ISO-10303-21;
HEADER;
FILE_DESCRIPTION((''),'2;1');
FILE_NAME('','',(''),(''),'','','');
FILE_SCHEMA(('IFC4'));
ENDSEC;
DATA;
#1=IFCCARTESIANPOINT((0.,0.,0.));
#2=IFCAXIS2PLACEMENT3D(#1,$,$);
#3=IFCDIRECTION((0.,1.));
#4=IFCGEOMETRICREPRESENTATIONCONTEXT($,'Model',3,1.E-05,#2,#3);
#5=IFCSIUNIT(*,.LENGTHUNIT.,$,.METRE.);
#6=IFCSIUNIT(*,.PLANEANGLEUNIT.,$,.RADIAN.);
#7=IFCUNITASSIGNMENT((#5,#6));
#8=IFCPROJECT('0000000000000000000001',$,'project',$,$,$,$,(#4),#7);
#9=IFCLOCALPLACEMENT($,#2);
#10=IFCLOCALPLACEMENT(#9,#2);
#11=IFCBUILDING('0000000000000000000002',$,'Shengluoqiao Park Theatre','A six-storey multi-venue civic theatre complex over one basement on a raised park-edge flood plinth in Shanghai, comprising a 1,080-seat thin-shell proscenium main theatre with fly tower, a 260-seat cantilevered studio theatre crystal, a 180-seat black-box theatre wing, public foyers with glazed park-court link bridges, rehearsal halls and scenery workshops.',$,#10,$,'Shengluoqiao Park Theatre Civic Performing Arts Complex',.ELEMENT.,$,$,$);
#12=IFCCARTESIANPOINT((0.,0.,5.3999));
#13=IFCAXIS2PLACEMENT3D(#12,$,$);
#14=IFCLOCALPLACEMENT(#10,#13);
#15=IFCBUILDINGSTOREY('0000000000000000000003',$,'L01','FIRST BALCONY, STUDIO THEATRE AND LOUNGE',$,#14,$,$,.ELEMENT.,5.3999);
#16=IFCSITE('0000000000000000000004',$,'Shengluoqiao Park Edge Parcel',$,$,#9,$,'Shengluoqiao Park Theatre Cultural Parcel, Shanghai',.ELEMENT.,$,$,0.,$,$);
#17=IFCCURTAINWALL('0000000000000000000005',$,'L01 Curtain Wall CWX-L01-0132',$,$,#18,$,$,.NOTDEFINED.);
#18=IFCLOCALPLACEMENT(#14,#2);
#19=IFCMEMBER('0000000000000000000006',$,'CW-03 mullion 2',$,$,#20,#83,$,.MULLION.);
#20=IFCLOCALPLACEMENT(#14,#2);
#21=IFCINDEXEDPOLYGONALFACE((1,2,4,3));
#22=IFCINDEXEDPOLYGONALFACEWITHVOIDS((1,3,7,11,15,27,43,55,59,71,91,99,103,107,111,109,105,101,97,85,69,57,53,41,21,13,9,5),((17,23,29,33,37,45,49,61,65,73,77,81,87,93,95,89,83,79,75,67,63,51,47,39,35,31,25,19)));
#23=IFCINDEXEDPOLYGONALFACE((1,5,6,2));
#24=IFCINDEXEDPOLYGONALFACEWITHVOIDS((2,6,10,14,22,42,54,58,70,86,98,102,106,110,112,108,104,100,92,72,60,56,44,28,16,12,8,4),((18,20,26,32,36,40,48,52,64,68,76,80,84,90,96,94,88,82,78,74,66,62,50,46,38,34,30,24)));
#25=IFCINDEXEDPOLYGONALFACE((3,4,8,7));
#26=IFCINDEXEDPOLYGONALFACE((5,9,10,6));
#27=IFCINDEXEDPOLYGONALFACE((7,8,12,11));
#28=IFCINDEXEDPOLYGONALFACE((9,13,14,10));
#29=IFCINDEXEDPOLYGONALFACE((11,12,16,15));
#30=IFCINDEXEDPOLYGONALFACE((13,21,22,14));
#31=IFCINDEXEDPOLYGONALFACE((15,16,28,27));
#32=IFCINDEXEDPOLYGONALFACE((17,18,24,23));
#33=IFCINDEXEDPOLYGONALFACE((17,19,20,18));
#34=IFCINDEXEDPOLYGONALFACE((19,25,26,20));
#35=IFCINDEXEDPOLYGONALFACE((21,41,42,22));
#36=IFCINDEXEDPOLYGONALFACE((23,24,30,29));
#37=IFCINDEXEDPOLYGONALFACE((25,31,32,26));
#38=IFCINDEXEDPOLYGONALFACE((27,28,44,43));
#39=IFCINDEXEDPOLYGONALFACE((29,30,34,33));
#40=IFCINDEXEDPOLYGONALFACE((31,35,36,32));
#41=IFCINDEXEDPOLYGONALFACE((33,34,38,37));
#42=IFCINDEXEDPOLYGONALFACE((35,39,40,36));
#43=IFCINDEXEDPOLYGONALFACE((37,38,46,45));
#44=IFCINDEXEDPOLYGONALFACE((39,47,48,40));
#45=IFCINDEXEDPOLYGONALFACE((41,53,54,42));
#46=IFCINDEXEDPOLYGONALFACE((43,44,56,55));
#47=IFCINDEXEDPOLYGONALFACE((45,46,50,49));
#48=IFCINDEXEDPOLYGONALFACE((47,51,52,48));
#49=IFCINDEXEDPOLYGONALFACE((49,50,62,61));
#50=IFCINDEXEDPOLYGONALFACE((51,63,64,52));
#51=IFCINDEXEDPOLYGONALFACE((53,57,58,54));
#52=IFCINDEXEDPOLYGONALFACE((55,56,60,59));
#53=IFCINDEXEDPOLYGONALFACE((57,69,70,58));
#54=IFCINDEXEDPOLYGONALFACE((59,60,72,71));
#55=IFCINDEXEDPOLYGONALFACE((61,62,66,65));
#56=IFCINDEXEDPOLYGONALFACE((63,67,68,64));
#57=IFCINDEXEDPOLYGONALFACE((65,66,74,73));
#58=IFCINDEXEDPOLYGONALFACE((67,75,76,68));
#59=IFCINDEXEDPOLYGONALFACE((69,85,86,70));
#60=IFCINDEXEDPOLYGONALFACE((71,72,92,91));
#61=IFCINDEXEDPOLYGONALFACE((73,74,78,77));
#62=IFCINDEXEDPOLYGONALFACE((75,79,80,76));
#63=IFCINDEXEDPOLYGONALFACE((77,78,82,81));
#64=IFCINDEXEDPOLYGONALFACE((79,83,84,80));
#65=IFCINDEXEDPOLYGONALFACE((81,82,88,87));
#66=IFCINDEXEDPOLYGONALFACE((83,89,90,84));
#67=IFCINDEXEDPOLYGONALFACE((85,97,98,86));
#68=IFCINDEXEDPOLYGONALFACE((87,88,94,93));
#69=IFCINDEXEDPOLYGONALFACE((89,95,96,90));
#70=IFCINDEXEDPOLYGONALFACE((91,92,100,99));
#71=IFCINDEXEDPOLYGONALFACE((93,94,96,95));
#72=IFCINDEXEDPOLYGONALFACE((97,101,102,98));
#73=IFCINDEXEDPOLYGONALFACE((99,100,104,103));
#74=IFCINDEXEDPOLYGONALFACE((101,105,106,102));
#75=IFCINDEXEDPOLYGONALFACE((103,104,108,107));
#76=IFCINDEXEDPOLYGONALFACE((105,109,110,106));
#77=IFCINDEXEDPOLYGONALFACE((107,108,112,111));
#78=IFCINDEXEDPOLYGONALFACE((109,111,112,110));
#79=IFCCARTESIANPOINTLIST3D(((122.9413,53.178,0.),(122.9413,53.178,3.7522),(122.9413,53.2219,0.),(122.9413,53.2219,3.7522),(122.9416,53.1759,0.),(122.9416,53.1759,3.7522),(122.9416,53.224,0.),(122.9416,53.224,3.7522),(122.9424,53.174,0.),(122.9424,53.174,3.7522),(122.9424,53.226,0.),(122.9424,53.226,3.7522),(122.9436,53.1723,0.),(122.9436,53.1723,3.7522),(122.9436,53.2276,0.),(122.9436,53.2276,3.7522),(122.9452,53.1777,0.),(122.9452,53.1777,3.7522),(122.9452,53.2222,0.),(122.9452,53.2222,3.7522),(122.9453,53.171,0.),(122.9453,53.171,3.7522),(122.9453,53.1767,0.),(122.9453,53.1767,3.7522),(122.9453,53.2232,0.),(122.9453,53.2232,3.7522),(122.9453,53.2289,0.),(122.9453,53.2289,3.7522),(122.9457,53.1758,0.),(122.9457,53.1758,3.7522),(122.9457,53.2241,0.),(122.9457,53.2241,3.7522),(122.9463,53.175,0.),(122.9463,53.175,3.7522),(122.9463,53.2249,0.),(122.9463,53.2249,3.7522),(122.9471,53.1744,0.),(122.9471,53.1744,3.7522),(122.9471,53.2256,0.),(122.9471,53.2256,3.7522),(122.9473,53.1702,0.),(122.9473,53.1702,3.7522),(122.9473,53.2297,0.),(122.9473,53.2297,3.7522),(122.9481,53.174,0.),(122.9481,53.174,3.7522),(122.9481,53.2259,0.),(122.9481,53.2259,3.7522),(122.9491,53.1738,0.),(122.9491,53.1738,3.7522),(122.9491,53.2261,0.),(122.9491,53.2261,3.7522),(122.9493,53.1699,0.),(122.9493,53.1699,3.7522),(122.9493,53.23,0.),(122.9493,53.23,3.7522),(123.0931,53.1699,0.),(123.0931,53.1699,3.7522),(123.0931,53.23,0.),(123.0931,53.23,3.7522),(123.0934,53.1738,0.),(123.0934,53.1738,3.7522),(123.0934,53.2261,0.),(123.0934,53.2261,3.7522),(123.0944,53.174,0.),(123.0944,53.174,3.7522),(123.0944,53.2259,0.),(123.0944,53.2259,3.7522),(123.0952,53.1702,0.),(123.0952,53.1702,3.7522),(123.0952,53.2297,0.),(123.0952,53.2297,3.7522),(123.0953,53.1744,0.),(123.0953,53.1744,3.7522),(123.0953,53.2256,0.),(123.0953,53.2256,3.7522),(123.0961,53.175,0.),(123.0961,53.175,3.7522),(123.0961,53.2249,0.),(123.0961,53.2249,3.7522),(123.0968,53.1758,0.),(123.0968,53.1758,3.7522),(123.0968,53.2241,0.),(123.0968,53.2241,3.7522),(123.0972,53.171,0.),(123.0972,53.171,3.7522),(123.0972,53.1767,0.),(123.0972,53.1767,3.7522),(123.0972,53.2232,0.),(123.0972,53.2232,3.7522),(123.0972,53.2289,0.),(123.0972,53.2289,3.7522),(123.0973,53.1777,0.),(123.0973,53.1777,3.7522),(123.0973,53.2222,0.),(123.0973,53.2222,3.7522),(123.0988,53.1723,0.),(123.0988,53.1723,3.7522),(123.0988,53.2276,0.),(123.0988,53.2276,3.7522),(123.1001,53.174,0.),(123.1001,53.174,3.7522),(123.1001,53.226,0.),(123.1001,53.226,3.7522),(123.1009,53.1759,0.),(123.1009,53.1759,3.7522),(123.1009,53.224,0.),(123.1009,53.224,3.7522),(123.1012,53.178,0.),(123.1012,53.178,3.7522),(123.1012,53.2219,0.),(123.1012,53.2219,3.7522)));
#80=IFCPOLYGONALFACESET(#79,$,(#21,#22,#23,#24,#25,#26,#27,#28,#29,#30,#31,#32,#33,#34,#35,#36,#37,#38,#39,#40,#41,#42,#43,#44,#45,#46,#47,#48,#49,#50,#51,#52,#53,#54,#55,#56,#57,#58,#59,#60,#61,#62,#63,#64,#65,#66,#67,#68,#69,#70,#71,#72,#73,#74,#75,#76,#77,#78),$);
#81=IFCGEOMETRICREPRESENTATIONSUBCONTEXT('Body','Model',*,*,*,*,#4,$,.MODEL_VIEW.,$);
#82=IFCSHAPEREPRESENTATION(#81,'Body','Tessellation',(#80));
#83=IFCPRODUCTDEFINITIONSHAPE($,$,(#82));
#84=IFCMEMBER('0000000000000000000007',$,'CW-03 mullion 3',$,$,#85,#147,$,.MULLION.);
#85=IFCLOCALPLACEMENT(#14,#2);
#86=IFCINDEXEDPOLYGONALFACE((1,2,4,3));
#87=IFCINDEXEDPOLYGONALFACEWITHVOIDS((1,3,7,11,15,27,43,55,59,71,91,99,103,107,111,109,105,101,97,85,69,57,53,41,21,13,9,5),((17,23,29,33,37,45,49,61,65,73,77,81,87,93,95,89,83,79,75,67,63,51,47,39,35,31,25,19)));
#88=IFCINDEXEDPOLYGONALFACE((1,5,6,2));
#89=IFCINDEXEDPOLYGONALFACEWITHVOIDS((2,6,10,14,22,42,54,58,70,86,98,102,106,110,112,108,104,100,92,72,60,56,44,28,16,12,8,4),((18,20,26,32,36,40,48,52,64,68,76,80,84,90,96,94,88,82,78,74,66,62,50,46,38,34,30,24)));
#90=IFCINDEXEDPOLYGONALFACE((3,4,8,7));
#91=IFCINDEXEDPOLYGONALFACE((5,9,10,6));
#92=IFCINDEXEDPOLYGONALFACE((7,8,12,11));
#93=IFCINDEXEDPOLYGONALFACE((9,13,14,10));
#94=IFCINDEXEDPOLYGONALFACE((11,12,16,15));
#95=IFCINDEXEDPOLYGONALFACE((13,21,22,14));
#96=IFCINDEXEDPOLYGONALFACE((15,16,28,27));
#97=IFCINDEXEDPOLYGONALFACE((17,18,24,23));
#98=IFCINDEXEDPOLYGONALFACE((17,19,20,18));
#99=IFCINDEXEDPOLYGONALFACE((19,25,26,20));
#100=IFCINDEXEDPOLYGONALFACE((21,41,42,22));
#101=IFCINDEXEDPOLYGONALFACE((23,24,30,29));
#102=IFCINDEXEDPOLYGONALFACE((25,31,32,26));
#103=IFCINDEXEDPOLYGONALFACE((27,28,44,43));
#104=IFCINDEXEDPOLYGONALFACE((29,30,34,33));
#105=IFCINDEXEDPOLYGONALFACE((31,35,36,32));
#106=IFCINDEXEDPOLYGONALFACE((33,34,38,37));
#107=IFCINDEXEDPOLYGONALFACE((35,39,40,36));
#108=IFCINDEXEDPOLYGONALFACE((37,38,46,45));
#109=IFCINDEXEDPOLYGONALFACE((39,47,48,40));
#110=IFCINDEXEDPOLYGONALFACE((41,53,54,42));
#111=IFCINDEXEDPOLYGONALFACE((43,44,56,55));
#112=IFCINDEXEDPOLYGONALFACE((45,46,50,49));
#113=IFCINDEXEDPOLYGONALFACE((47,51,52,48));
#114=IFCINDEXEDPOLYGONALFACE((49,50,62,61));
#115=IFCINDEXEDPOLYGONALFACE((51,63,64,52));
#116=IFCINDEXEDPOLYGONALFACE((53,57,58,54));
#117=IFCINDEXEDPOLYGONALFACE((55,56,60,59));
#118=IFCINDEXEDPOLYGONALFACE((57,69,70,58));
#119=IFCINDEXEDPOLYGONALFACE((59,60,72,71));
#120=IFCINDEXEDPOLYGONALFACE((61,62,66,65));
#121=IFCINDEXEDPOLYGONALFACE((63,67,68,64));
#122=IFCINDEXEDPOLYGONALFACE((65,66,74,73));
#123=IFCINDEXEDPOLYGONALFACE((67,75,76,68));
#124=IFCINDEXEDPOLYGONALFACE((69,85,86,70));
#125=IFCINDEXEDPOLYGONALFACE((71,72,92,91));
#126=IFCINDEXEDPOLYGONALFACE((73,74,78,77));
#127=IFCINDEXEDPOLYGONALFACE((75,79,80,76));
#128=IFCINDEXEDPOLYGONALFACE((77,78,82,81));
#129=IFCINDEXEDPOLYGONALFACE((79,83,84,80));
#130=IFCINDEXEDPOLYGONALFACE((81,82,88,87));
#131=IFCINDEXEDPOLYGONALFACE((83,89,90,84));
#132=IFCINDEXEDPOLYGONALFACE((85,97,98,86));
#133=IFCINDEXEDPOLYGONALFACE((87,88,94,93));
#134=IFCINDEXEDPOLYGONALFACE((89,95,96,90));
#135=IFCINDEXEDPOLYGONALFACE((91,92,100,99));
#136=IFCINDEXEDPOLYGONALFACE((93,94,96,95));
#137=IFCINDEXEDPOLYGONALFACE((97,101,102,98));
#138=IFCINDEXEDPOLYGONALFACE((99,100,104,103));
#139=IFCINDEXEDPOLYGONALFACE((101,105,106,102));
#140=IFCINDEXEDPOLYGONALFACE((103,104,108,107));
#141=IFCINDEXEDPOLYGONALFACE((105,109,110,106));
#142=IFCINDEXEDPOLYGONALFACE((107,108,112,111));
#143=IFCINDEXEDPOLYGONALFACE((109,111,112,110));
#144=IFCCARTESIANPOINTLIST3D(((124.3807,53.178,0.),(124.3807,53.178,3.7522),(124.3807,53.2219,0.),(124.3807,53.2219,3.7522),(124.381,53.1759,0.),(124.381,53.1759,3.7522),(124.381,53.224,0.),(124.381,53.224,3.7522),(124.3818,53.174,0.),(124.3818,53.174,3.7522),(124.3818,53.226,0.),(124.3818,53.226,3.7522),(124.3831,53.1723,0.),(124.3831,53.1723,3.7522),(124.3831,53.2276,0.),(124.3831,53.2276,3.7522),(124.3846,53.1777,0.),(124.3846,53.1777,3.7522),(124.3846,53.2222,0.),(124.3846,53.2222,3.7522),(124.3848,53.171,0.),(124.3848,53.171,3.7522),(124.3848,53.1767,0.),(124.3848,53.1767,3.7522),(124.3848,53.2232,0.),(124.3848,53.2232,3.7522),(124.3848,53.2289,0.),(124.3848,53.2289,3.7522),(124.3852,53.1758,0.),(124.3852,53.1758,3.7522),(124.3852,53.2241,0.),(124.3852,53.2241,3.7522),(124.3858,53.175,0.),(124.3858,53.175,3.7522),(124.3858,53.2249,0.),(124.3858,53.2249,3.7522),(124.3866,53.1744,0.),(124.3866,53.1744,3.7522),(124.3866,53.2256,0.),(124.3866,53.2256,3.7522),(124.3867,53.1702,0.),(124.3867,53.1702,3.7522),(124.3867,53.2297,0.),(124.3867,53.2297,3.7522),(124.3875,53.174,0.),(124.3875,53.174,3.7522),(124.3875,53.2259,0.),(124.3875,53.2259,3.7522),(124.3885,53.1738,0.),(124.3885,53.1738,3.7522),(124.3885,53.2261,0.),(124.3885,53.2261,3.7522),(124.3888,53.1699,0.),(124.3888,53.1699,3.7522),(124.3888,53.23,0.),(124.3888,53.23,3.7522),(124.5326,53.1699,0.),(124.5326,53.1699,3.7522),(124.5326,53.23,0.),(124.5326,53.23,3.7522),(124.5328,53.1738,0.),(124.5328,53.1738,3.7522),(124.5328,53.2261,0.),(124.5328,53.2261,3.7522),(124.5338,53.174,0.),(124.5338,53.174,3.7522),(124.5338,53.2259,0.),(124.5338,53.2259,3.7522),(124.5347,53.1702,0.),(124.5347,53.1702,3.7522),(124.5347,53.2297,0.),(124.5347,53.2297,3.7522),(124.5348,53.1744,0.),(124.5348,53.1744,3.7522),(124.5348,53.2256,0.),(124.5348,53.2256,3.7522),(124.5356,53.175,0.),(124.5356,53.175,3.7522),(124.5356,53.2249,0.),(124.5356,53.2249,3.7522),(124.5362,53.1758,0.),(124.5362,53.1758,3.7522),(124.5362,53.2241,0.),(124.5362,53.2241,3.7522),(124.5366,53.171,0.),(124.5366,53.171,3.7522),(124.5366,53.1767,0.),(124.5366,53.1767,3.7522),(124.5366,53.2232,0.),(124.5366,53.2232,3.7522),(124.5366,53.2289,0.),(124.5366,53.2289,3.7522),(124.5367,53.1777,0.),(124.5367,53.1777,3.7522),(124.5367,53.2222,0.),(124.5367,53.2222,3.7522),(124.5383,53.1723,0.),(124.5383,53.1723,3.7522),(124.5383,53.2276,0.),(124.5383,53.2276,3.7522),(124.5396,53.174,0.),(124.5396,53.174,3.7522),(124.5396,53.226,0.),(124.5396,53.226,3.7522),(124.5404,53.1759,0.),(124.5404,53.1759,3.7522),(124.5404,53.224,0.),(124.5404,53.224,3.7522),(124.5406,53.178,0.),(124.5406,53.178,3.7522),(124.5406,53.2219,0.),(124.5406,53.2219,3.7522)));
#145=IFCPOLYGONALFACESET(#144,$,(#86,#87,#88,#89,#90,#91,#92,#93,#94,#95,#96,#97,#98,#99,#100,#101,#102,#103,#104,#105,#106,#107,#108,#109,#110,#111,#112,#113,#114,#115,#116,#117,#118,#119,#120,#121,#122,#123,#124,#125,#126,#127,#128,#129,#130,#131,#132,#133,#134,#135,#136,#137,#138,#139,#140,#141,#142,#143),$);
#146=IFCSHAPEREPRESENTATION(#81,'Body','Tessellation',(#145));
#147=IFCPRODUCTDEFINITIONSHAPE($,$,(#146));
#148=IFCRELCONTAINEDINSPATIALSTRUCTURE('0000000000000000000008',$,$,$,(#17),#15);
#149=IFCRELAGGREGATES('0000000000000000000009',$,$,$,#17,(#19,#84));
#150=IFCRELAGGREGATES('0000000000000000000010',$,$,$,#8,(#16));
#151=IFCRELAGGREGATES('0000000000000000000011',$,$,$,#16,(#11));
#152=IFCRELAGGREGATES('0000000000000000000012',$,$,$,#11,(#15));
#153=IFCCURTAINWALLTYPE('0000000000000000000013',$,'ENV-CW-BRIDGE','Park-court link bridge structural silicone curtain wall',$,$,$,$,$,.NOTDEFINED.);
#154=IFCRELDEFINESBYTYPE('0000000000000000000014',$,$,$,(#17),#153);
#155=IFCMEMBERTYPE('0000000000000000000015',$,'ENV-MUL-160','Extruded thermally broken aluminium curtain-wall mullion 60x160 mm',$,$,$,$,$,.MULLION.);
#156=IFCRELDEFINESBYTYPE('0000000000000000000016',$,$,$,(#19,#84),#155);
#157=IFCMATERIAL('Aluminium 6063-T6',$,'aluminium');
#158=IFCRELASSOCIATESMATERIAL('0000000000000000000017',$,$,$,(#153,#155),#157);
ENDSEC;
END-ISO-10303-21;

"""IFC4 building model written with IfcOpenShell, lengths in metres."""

from ifc_helpers import new_model, si_unit, direction, frame, origin, origin_2d, place, context, subcontext, project, spatial, hollow_rectangle, extrude, material, material_profile, profile_set, type_object, element, aggregate, save


model = new_model("IFC4")

# Units and contexts
model_context = context("Model", 3, precision=1e-05, world=origin(), true_north=direction((0.0, 1.0)))
body_context = subcontext(model_context, "Body", "Model", "MODEL_VIEW")
ifc_project = project(units=[si_unit("LENGTHUNIT", "METRE"), si_unit("PLANEANGLEUNIT", "RADIAN")], contexts=[model_context])

# Site, building, storey
site_placement = place(None, origin())
site = spatial("IfcSite", under=ifc_project, at=site_placement, Name="Shengluoqiao Park Edge Parcel", LongName="Shengluoqiao Park Theatre Cultural Parcel, Shanghai", CompositionType="ELEMENT", RefElevation=0.0)
building_placement = place(site_placement, origin())
building = spatial("IfcBuilding", under=site, at=building_placement, Name="Shengluoqiao Park Theatre", Description="A six-storey multi-venue civic theatre complex over one basement on a raised park-edge flood plinth in Shanghai, comprising a 1,080-seat thin-shell proscenium main theatre with fly tower, a 260-seat cantilevered studio theatre crystal, a 180-seat black-box theatre wing, public foyers with glazed park-court link bridges, rehearsal halls and scenery workshops.", LongName="Shengluoqiao Park Theatre Civic Performing Arts Complex", CompositionType="ELEMENT")
storey_placement = place(building_placement, frame((0.0, 0.0, 5.3999)))
storey = spatial("IfcBuildingStorey", under=building, at=storey_placement, Name="L01", Description="FIRST BALCONY, STUDIO THEATRE AND LOUNGE", CompositionType="ELEMENT", Elevation=5.3999)

# Curtain wall, members
ifc_material_1 = material(Name="Aluminium 6063-T6", Category="aluminium")
curtain_wall_type = type_object("IfcCurtainWallType", Name="ENV-CW-BRIDGE", Description="Park-court link bridge structural silicone curtain wall", PredefinedType="NOTDEFINED", material=ifc_material_1)
curtain_wall_placement = place(storey_placement, origin())
curtain_wall = element("IfcCurtainWall", 1, at=curtain_wall_placement, inside=storey, type_object=curtain_wall_type, Name="L01 Curtain Wall CWX-L01-0132", PredefinedType="NOTDEFINED")
ifc_material_profile_1 = material_profile(ifc_material_1, hollow_rectangle(XDim=0.0601, YDim=0.1599, WallThickness=0.0039, InnerFilletRadius=0.0039, OuterFilletRadius=0.0081, at=origin_2d()), Name="ALU MULLION 160x60x4")
ifc_profile_set_1 = profile_set([ifc_material_profile_1], Name="Aluminium 6063-T6")
member_type_1 = type_object("IfcMemberType", Name="ENV-MUL-160", Description="Extruded thermally broken aluminium curtain-wall mullion 60x160 mm", PredefinedType="MULLION", material=ifc_profile_set_1)
member_1_placement = place(storey_placement, frame((123.0212, 53.2, 0.0), z_axis=(0.0, 0.0, 1.0), x_axis=(0.0, 1.0, 0.0)))
member_1 = element("IfcMember", 2, at=member_1_placement, type_object=member_type_1, Name="CW-03 mullion 2", PredefinedType="MULLION", context=body_context, shape_type="SweptSolid", body=[
    extrude(hollow_rectangle(XDim=0.0601, YDim=0.1599, WallThickness=0.0039, InnerFilletRadius=0.0039, OuterFilletRadius=0.0081, at=origin_2d()), origin(), (0.0, 0.0, 1.0), 3.7522),
])
member_2_placement = place(storey_placement, frame((124.4607, 53.2, 0.0), z_axis=(0.0, 0.0, 1.0), x_axis=(0.0, 1.0, 0.0)))
member_2 = element("IfcMember", 3, at=member_2_placement, type_object=member_type_1, Name="CW-03 mullion 3", PredefinedType="MULLION", context=body_context, shape_type="SweptSolid", body=[
    extrude(hollow_rectangle(XDim=0.0601, YDim=0.1599, WallThickness=0.0039, InnerFilletRadius=0.0039, OuterFilletRadius=0.0081, at=origin_2d()), origin(), (0.0, 0.0, 1.0), 3.7522),
])

aggregate(curtain_wall, [member_1, member_2])

save(model, "model.ifc")
